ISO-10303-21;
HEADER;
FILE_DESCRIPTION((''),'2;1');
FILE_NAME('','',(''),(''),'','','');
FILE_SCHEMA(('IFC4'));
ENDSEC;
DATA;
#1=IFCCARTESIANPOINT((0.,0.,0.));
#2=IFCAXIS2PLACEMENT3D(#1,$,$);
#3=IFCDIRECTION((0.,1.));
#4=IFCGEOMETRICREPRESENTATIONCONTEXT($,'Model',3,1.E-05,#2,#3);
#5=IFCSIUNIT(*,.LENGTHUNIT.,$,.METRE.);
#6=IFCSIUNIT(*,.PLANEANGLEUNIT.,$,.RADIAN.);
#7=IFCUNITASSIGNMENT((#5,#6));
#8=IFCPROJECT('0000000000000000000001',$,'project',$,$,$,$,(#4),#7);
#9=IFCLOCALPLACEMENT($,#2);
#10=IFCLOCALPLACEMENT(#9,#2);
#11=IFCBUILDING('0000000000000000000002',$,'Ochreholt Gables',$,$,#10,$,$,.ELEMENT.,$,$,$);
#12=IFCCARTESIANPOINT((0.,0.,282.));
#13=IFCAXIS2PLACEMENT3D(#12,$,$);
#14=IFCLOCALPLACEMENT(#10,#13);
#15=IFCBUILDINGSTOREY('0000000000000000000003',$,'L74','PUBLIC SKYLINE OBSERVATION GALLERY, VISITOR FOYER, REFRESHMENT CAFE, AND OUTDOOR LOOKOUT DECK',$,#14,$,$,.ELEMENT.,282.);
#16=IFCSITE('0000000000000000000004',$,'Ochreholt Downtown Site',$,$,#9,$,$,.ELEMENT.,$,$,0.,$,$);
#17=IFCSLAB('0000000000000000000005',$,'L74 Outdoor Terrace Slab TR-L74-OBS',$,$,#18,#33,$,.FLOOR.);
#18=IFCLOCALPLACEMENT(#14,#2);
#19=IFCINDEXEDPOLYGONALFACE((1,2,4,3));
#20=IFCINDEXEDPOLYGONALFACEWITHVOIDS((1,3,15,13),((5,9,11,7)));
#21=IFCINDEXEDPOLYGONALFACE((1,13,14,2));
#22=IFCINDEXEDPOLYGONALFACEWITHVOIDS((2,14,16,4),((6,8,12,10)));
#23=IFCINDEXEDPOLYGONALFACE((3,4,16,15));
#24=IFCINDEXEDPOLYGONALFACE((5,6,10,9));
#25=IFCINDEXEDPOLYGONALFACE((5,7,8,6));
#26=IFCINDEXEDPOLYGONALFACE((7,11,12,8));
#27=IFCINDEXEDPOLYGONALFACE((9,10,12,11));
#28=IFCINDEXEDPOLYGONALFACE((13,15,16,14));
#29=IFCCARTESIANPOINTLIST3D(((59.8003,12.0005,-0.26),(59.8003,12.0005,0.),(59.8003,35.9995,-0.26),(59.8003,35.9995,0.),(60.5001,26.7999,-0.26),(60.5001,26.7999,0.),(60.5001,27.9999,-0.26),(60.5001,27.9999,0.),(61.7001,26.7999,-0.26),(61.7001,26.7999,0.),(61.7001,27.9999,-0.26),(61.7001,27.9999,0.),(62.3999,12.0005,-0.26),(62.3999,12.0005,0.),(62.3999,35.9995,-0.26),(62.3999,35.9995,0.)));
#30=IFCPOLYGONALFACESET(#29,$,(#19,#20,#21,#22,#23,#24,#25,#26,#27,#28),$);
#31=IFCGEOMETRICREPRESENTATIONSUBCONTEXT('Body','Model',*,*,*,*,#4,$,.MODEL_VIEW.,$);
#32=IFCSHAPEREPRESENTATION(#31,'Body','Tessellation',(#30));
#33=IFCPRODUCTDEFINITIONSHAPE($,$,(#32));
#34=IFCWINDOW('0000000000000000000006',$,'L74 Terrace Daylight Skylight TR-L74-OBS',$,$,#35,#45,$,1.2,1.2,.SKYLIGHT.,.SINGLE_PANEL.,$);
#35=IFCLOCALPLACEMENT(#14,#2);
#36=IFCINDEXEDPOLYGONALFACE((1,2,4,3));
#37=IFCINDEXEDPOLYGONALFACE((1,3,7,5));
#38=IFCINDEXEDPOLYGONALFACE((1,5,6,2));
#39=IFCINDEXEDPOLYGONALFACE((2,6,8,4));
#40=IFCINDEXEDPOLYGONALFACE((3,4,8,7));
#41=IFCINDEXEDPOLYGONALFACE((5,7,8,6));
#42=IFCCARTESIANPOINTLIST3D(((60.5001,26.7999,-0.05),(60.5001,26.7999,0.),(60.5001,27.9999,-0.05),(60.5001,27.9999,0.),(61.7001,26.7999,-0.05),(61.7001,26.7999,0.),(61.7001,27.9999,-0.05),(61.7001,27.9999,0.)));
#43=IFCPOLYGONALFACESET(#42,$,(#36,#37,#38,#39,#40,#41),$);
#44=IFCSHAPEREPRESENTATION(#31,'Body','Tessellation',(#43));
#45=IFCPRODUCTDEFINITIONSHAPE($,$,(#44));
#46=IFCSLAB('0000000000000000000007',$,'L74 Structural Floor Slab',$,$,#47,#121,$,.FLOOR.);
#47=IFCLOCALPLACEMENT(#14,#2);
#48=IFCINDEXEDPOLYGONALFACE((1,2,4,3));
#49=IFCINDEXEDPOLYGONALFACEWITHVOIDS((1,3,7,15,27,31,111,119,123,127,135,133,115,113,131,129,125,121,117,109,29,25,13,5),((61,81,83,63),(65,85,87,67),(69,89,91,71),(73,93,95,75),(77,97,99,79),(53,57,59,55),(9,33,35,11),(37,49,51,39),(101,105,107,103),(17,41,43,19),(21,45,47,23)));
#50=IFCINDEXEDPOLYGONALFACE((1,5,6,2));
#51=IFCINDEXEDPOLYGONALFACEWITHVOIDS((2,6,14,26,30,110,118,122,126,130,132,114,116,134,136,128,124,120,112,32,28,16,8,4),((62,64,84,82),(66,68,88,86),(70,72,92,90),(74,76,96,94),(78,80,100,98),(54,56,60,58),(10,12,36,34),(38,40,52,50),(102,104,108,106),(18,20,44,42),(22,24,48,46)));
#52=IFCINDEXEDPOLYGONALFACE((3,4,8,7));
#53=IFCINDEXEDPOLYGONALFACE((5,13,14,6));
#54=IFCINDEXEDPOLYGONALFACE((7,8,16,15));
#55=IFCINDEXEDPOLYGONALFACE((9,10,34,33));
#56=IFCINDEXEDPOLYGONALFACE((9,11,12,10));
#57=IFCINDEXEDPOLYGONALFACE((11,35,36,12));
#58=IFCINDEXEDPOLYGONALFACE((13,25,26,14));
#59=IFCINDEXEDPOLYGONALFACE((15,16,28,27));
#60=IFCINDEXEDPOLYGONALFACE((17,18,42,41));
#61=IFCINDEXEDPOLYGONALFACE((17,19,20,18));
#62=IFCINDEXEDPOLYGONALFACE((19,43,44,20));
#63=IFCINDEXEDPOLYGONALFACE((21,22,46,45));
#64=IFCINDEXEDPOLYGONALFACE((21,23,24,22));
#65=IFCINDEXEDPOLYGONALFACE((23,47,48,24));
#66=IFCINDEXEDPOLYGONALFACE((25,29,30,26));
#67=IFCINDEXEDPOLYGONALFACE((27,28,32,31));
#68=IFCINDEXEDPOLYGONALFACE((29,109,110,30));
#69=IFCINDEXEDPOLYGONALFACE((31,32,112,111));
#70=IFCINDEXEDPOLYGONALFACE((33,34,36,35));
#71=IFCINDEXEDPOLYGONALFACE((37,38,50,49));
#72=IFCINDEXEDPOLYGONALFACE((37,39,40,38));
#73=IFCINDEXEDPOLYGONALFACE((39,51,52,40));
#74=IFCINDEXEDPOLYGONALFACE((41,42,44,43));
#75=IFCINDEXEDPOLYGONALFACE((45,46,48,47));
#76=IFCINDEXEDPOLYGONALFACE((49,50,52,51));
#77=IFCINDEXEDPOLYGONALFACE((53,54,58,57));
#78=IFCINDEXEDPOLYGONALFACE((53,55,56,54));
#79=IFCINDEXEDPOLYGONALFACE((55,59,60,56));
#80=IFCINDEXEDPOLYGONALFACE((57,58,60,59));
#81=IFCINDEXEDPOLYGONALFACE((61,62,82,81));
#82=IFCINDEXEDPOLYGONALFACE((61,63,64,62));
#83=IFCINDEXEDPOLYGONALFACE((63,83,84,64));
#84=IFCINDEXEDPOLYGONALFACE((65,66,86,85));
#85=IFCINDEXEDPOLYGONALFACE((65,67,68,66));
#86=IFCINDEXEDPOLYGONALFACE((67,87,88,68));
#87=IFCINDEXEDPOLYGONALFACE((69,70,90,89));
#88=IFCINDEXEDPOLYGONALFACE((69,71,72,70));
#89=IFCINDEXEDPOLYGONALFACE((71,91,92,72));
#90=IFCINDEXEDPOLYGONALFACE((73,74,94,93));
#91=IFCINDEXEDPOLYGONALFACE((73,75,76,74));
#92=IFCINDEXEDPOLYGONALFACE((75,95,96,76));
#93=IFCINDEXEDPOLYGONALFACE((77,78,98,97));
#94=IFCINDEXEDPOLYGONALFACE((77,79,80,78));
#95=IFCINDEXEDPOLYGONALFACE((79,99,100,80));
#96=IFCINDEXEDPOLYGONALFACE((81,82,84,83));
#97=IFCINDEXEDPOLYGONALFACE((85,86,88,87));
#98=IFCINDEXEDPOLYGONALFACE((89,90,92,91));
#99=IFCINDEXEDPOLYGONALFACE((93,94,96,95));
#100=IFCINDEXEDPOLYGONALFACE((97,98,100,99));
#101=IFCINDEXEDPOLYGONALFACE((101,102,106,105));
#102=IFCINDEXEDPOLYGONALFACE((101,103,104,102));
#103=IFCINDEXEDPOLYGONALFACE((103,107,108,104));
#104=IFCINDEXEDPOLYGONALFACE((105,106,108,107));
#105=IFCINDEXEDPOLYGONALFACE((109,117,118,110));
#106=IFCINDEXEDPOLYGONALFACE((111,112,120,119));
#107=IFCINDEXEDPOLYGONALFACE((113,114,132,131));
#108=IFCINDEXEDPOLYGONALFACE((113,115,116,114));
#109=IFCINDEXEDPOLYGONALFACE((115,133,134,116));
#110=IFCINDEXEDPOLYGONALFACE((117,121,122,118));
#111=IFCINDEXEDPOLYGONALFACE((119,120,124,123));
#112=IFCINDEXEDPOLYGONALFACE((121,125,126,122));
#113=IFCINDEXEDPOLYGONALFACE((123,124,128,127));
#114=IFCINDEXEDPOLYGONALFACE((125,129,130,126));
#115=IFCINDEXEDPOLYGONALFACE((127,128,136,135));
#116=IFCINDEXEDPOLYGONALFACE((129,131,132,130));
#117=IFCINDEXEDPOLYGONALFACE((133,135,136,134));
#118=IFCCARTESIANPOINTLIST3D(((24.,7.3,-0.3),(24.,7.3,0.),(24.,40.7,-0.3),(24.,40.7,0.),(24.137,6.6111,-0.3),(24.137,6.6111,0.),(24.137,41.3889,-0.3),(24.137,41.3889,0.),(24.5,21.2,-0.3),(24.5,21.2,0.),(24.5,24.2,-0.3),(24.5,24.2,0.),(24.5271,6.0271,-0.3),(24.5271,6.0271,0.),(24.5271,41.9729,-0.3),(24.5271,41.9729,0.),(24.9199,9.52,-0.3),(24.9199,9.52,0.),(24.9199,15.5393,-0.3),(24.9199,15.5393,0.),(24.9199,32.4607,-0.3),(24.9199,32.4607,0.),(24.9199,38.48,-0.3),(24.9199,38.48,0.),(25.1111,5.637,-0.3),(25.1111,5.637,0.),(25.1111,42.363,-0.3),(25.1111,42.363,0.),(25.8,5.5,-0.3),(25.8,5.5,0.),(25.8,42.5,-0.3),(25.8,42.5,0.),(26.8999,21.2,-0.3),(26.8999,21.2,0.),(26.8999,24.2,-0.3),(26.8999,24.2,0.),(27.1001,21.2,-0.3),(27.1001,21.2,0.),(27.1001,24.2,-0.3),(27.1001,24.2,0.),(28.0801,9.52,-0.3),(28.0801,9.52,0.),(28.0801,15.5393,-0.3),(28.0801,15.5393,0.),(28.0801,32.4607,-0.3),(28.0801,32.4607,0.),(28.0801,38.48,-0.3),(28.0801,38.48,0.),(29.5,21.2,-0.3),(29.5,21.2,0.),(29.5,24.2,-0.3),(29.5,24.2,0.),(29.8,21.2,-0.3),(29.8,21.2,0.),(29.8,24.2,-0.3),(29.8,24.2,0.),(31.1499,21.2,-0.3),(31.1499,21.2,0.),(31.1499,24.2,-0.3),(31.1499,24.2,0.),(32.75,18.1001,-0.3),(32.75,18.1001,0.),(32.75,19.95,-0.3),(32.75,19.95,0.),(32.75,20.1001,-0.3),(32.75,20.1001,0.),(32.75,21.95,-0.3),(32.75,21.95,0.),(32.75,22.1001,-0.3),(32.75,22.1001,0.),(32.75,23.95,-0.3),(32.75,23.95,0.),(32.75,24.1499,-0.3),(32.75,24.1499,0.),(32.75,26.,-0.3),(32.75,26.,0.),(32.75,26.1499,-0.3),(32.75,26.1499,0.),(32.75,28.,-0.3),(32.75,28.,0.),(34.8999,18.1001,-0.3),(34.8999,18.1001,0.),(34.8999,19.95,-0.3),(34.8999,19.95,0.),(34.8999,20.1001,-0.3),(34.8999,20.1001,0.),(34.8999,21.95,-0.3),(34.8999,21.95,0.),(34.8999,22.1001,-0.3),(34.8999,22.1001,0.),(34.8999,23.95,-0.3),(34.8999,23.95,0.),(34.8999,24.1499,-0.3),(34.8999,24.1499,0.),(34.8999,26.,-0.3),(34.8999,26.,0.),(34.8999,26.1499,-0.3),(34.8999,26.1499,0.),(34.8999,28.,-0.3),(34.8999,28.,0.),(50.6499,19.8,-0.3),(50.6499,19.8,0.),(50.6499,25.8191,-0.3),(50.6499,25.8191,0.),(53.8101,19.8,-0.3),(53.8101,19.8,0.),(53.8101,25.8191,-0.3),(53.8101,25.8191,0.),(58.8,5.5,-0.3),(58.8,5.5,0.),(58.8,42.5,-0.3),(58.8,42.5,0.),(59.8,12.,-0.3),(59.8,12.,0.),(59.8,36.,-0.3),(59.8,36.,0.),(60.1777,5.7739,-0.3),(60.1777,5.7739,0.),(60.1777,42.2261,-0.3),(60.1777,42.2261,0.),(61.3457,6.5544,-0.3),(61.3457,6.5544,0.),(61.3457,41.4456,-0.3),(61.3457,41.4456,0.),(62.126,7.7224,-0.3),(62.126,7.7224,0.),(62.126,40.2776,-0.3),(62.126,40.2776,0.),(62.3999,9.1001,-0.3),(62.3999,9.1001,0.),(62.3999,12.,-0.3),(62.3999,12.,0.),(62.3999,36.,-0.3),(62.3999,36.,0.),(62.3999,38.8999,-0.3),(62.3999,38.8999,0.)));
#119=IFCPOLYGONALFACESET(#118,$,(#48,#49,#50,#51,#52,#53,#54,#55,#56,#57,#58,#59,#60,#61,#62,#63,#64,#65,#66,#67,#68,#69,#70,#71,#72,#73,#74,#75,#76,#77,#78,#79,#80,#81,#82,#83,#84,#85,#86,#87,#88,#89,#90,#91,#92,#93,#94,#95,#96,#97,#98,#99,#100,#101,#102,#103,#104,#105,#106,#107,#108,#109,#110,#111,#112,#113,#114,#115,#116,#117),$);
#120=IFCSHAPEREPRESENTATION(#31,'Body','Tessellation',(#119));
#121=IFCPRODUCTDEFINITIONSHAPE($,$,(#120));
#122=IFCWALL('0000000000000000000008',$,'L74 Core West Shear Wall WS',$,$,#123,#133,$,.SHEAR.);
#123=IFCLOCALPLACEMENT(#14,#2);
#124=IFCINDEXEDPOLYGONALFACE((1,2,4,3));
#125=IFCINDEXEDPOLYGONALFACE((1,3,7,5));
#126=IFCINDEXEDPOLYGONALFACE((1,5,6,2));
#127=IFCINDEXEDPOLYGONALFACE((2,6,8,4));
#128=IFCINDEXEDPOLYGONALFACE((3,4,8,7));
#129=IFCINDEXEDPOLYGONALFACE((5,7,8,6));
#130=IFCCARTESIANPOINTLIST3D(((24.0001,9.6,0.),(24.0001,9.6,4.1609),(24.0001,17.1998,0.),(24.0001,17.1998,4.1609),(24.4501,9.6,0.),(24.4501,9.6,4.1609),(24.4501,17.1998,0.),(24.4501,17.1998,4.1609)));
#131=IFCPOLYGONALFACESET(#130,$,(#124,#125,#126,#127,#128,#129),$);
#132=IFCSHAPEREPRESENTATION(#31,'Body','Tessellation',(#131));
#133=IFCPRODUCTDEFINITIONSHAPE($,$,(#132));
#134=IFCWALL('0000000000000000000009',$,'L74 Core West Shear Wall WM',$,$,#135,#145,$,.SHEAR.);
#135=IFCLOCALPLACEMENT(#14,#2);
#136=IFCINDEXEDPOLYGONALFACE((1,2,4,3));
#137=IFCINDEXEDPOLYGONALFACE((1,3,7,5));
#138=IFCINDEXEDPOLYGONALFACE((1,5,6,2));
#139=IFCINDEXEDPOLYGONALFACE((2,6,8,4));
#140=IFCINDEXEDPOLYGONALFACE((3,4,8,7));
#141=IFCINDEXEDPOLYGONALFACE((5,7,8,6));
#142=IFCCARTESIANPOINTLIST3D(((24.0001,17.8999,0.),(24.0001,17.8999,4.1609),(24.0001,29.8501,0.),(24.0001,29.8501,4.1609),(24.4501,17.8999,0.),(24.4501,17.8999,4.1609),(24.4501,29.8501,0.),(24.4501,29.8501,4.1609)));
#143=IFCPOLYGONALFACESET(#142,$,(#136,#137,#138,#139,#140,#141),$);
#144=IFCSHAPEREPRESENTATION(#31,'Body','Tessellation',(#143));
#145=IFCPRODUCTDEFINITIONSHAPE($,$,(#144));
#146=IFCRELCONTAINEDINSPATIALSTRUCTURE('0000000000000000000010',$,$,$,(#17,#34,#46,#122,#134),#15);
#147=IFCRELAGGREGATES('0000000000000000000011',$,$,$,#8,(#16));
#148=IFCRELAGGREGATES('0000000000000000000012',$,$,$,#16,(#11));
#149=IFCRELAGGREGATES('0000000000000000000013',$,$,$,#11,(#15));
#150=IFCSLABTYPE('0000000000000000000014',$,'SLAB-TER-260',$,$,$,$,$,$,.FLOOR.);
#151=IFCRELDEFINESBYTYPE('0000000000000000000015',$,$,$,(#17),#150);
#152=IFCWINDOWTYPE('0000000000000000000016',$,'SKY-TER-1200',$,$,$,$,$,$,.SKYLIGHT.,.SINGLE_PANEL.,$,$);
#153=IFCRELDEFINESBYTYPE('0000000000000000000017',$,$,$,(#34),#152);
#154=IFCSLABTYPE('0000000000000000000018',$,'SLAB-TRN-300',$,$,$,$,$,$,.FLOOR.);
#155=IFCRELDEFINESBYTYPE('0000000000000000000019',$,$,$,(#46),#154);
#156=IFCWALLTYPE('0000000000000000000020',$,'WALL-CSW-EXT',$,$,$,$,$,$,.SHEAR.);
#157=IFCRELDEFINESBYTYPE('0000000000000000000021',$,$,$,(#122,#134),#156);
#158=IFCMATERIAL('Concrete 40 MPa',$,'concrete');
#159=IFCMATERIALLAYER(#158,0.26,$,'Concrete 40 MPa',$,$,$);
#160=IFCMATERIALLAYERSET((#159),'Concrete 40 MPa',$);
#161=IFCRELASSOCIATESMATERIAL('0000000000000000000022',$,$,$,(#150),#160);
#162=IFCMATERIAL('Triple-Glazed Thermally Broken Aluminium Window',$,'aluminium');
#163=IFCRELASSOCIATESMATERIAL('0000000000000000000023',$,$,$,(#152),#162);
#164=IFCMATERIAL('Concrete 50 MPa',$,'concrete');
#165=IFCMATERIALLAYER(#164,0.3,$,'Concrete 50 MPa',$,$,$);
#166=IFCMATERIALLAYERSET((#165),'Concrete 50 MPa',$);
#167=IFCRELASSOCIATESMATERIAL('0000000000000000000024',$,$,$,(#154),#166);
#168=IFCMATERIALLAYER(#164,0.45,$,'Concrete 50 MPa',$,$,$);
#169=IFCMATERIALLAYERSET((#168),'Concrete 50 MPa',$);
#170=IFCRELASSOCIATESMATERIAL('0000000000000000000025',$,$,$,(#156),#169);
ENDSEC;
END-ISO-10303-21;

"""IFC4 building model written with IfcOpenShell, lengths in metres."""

from ifc_helpers import new_model, si_unit, direction, frame, frame_2d, origin, origin_2d, place, context, subcontext, project, spatial, polyline, rectangle, outline, extrude, material, layer, layer_set, type_object, element, fill, save


model = new_model("IFC4")

# Units and contexts
model_context = context("Model", 3, precision=1e-05, world=origin(), true_north=direction((0.0, 1.0)))
body_context = subcontext(model_context, "Body", "Model", "MODEL_VIEW")
ifc_project = project(units=[si_unit("LENGTHUNIT", "METRE"), si_unit("PLANEANGLEUNIT", "RADIAN")], contexts=[model_context])

# Site, building, storey
site_placement = place(None, origin())
site = spatial("IfcSite", under=ifc_project, at=site_placement, Name="Ochreholt Downtown Site", CompositionType="ELEMENT", RefElevation=0.0)
building_placement = place(site_placement, origin())
building = spatial("IfcBuilding", under=site, at=building_placement, Name="Ochreholt Gables", CompositionType="ELEMENT")
storey_placement = place(building_placement, frame((0.0, 0.0, 282.0)))
storey = spatial("IfcBuildingStorey", under=building, at=storey_placement, Name="L74", Description="PUBLIC SKYLINE OBSERVATION GALLERY, VISITOR FOYER, REFRESHMENT CAFE, AND OUTDOOR LOOKOUT DECK", CompositionType="ELEMENT", Elevation=282.0)

# Shared definitions
ifc_material_1 = material(Name="Concrete 50 MPa", Category="concrete")

# Shared definitions
ifc_material_2 = material(Name="Concrete 40 MPa", Category="concrete")

# Slab, opening, window
ifc_layer_1 = layer(ifc_material_2, 0.26, Name="Concrete 40 MPa")
ifc_layer_set_1 = layer_set([ifc_layer_1], Name="Concrete 40 MPa")
slab_type_1 = type_object("IfcSlabType", Name="SLAB-TER-260", PredefinedType="FLOOR", material=ifc_layer_set_1)
slab_1_placement = place(storey_placement, frame((0.0, 0.0, -0.26)))
slab_1 = element("IfcSlab", 1, at=slab_1_placement, inside=storey, type_object=slab_type_1, Name="L74 Outdoor Terrace Slab TR-L74-OBS", PredefinedType="FLOOR", context=body_context, shape_type="SweptSolid", body=[
    extrude(outline(polyline([(59.8003, 12.0005), (62.3999, 12.0005), (62.3999, 35.9995), (59.8003, 35.9995), (59.8003, 12.0005)])), origin(), (0.0, 0.0, 1.0), 0.26),
])
opening_1_placement = place(slab_1_placement, frame((61.1001, 27.3999, 0.0)))
opening_1 = element("IfcOpeningElement", 2, at=opening_1_placement, cuts=slab_1, PredefinedType="OPENING", context=body_context, shape_type="SweptSolid", body=[
    extrude(rectangle(XDim=1.2, YDim=1.2, at=origin_2d()), frame((0.0, 0.0, -0.01)), (0.0, 0.0, 1.0), 0.28),
])
ifc_material_3 = material(Name="Triple-Glazed Thermally Broken Aluminium Window", Category="aluminium")
window_type_1 = type_object("IfcWindowType", Name="SKY-TER-1200", PartitioningType="SINGLE_PANEL", PredefinedType="SKYLIGHT", material=ifc_material_3)
window_1_placement = place(opening_1_placement, frame((0.0, 0.0, 0.21)))
window_1 = element("IfcWindow", 3, at=window_1_placement, inside=storey, type_object=window_type_1, Name="L74 Terrace Daylight Skylight TR-L74-OBS", OverallHeight=1.2, OverallWidth=1.2, PartitioningType="SINGLE_PANEL", PredefinedType="SKYLIGHT", context=body_context, shape_type="SweptSolid", body=[
    extrude(rectangle(XDim=1.2, YDim=1.2, at=origin_2d()), origin(), (0.0, 0.0, 1.0), 0.05),
])
fill(opening_1, window_1)

# Slab
ifc_layer_2 = layer(ifc_material_1, 0.3, Name="Concrete 50 MPa")
ifc_layer_set_2 = layer_set([ifc_layer_2], Name="Concrete 50 MPa")
slab_type_2 = type_object("IfcSlabType", Name="SLAB-TRN-300", PredefinedType="FLOOR", material=ifc_layer_set_2)
slab_2_placement = place(storey_placement, frame((0.0, 0.0, -0.3)))
element("IfcSlab", 4, at=slab_2_placement, inside=storey, type_object=slab_type_2, Name="L74 Structural Floor Slab", PredefinedType="FLOOR", context=body_context, shape_type="SweptSolid", body=[
    extrude(outline(polyline([(62.3999, 12.0), (59.8, 12.0), (59.8, 36.0), (62.3999, 36.0), (62.3999, 38.8999), (62.126, 40.2776), (61.3457, 41.4456), (60.1777, 42.2261), (58.8, 42.5), (25.8, 42.5), (25.1111, 42.363), (24.5271, 41.9729), (24.137, 41.3889), (24.0, 40.7), (24.0, 7.3), (24.137, 6.6111), (24.5271, 6.0271), (25.1111, 5.637), (25.8, 5.5), (58.8, 5.5), (60.1777, 5.7739), (61.3457, 6.5544), (62.126, 7.7224), (62.3999, 9.1001), (62.3999, 12.0)]), holes=[polyline([(24.9199, 15.5393), (24.9199, 9.52), (28.0801, 9.52), (28.0801, 15.5393), (24.9199, 15.5393)]), polyline([(28.0801, 32.4607), (28.0801, 38.48), (24.9199, 38.48), (24.9199, 32.4607), (28.0801, 32.4607)]), polyline([(50.6499, 25.8191), (50.6499, 19.8), (53.8101, 19.8), (53.8101, 25.8191), (50.6499, 25.8191)]), polyline([(24.5, 21.2), (26.8999, 21.2), (26.8999, 24.2), (24.5, 24.2), (24.5, 21.2)]), polyline([(27.1001, 21.2), (29.5, 21.2), (29.5, 24.2), (27.1001, 24.2), (27.1001, 21.2)]), polyline([(32.75, 18.1001), (34.8999, 18.1001), (34.8999, 19.95), (32.75, 19.95), (32.75, 18.1001)]), polyline([(32.75, 20.1001), (34.8999, 20.1001), (34.8999, 21.95), (32.75, 21.95), (32.75, 20.1001)]), polyline([(32.75, 22.1001), (34.8999, 22.1001), (34.8999, 23.95), (32.75, 23.95), (32.75, 22.1001)]), polyline([(32.75, 24.1499), (34.8999, 24.1499), (34.8999, 26.0), (32.75, 26.0), (32.75, 24.1499)]), polyline([(32.75, 26.1499), (34.8999, 26.1499), (34.8999, 28.0), (32.75, 28.0), (32.75, 26.1499)]), polyline([(29.8, 21.2), (31.1499, 21.2), (31.1499, 24.2), (29.8, 24.2), (29.8, 21.2)])]), origin(), (0.0, 0.0, 1.0), 0.3),
])

# Walls
ifc_layer_3 = layer(ifc_material_1, 0.45, Name="Concrete 50 MPa")
ifc_layer_set_3 = layer_set([ifc_layer_3], Name="Concrete 50 MPa")
wall_type_1 = type_object("IfcWallType", Name="WALL-CSW-EXT", PredefinedType="SHEAR", material=ifc_layer_set_3)
wall_1_placement = place(storey_placement, frame((24.2251, 9.6001, 0.0), z_axis=(0.0, 0.0, 1.0), x_axis=(0.0, 1.0, 0.0)))
element("IfcWall", 5, at=wall_1_placement, inside=storey, type_object=wall_type_1, Name="L74 Core West Shear Wall WS", PredefinedType="SHEAR", context=body_context, shape_type="SweptSolid", body=[
    extrude(rectangle(XDim=7.5999, YDim=0.45, at=frame_2d((3.7998, 0.0))), origin(), (0.0, 0.0, 1.0), 4.1609),
])
wall_2_placement = place(storey_placement, frame((24.2251, 17.8999, 0.0), z_axis=(0.0, 0.0, 1.0), x_axis=(0.0, 1.0, 0.0)))
element("IfcWall", 6, at=wall_2_placement, inside=storey, type_object=wall_type_1, Name="L74 Core West Shear Wall WM", PredefinedType="SHEAR", context=body_context, shape_type="SweptSolid", body=[
    extrude(rectangle(XDim=11.9502, YDim=0.45, at=frame_2d((5.9751, 0.0))), origin(), (0.0, 0.0, 1.0), 4.1609),
])

save(model, "model.ifc")
